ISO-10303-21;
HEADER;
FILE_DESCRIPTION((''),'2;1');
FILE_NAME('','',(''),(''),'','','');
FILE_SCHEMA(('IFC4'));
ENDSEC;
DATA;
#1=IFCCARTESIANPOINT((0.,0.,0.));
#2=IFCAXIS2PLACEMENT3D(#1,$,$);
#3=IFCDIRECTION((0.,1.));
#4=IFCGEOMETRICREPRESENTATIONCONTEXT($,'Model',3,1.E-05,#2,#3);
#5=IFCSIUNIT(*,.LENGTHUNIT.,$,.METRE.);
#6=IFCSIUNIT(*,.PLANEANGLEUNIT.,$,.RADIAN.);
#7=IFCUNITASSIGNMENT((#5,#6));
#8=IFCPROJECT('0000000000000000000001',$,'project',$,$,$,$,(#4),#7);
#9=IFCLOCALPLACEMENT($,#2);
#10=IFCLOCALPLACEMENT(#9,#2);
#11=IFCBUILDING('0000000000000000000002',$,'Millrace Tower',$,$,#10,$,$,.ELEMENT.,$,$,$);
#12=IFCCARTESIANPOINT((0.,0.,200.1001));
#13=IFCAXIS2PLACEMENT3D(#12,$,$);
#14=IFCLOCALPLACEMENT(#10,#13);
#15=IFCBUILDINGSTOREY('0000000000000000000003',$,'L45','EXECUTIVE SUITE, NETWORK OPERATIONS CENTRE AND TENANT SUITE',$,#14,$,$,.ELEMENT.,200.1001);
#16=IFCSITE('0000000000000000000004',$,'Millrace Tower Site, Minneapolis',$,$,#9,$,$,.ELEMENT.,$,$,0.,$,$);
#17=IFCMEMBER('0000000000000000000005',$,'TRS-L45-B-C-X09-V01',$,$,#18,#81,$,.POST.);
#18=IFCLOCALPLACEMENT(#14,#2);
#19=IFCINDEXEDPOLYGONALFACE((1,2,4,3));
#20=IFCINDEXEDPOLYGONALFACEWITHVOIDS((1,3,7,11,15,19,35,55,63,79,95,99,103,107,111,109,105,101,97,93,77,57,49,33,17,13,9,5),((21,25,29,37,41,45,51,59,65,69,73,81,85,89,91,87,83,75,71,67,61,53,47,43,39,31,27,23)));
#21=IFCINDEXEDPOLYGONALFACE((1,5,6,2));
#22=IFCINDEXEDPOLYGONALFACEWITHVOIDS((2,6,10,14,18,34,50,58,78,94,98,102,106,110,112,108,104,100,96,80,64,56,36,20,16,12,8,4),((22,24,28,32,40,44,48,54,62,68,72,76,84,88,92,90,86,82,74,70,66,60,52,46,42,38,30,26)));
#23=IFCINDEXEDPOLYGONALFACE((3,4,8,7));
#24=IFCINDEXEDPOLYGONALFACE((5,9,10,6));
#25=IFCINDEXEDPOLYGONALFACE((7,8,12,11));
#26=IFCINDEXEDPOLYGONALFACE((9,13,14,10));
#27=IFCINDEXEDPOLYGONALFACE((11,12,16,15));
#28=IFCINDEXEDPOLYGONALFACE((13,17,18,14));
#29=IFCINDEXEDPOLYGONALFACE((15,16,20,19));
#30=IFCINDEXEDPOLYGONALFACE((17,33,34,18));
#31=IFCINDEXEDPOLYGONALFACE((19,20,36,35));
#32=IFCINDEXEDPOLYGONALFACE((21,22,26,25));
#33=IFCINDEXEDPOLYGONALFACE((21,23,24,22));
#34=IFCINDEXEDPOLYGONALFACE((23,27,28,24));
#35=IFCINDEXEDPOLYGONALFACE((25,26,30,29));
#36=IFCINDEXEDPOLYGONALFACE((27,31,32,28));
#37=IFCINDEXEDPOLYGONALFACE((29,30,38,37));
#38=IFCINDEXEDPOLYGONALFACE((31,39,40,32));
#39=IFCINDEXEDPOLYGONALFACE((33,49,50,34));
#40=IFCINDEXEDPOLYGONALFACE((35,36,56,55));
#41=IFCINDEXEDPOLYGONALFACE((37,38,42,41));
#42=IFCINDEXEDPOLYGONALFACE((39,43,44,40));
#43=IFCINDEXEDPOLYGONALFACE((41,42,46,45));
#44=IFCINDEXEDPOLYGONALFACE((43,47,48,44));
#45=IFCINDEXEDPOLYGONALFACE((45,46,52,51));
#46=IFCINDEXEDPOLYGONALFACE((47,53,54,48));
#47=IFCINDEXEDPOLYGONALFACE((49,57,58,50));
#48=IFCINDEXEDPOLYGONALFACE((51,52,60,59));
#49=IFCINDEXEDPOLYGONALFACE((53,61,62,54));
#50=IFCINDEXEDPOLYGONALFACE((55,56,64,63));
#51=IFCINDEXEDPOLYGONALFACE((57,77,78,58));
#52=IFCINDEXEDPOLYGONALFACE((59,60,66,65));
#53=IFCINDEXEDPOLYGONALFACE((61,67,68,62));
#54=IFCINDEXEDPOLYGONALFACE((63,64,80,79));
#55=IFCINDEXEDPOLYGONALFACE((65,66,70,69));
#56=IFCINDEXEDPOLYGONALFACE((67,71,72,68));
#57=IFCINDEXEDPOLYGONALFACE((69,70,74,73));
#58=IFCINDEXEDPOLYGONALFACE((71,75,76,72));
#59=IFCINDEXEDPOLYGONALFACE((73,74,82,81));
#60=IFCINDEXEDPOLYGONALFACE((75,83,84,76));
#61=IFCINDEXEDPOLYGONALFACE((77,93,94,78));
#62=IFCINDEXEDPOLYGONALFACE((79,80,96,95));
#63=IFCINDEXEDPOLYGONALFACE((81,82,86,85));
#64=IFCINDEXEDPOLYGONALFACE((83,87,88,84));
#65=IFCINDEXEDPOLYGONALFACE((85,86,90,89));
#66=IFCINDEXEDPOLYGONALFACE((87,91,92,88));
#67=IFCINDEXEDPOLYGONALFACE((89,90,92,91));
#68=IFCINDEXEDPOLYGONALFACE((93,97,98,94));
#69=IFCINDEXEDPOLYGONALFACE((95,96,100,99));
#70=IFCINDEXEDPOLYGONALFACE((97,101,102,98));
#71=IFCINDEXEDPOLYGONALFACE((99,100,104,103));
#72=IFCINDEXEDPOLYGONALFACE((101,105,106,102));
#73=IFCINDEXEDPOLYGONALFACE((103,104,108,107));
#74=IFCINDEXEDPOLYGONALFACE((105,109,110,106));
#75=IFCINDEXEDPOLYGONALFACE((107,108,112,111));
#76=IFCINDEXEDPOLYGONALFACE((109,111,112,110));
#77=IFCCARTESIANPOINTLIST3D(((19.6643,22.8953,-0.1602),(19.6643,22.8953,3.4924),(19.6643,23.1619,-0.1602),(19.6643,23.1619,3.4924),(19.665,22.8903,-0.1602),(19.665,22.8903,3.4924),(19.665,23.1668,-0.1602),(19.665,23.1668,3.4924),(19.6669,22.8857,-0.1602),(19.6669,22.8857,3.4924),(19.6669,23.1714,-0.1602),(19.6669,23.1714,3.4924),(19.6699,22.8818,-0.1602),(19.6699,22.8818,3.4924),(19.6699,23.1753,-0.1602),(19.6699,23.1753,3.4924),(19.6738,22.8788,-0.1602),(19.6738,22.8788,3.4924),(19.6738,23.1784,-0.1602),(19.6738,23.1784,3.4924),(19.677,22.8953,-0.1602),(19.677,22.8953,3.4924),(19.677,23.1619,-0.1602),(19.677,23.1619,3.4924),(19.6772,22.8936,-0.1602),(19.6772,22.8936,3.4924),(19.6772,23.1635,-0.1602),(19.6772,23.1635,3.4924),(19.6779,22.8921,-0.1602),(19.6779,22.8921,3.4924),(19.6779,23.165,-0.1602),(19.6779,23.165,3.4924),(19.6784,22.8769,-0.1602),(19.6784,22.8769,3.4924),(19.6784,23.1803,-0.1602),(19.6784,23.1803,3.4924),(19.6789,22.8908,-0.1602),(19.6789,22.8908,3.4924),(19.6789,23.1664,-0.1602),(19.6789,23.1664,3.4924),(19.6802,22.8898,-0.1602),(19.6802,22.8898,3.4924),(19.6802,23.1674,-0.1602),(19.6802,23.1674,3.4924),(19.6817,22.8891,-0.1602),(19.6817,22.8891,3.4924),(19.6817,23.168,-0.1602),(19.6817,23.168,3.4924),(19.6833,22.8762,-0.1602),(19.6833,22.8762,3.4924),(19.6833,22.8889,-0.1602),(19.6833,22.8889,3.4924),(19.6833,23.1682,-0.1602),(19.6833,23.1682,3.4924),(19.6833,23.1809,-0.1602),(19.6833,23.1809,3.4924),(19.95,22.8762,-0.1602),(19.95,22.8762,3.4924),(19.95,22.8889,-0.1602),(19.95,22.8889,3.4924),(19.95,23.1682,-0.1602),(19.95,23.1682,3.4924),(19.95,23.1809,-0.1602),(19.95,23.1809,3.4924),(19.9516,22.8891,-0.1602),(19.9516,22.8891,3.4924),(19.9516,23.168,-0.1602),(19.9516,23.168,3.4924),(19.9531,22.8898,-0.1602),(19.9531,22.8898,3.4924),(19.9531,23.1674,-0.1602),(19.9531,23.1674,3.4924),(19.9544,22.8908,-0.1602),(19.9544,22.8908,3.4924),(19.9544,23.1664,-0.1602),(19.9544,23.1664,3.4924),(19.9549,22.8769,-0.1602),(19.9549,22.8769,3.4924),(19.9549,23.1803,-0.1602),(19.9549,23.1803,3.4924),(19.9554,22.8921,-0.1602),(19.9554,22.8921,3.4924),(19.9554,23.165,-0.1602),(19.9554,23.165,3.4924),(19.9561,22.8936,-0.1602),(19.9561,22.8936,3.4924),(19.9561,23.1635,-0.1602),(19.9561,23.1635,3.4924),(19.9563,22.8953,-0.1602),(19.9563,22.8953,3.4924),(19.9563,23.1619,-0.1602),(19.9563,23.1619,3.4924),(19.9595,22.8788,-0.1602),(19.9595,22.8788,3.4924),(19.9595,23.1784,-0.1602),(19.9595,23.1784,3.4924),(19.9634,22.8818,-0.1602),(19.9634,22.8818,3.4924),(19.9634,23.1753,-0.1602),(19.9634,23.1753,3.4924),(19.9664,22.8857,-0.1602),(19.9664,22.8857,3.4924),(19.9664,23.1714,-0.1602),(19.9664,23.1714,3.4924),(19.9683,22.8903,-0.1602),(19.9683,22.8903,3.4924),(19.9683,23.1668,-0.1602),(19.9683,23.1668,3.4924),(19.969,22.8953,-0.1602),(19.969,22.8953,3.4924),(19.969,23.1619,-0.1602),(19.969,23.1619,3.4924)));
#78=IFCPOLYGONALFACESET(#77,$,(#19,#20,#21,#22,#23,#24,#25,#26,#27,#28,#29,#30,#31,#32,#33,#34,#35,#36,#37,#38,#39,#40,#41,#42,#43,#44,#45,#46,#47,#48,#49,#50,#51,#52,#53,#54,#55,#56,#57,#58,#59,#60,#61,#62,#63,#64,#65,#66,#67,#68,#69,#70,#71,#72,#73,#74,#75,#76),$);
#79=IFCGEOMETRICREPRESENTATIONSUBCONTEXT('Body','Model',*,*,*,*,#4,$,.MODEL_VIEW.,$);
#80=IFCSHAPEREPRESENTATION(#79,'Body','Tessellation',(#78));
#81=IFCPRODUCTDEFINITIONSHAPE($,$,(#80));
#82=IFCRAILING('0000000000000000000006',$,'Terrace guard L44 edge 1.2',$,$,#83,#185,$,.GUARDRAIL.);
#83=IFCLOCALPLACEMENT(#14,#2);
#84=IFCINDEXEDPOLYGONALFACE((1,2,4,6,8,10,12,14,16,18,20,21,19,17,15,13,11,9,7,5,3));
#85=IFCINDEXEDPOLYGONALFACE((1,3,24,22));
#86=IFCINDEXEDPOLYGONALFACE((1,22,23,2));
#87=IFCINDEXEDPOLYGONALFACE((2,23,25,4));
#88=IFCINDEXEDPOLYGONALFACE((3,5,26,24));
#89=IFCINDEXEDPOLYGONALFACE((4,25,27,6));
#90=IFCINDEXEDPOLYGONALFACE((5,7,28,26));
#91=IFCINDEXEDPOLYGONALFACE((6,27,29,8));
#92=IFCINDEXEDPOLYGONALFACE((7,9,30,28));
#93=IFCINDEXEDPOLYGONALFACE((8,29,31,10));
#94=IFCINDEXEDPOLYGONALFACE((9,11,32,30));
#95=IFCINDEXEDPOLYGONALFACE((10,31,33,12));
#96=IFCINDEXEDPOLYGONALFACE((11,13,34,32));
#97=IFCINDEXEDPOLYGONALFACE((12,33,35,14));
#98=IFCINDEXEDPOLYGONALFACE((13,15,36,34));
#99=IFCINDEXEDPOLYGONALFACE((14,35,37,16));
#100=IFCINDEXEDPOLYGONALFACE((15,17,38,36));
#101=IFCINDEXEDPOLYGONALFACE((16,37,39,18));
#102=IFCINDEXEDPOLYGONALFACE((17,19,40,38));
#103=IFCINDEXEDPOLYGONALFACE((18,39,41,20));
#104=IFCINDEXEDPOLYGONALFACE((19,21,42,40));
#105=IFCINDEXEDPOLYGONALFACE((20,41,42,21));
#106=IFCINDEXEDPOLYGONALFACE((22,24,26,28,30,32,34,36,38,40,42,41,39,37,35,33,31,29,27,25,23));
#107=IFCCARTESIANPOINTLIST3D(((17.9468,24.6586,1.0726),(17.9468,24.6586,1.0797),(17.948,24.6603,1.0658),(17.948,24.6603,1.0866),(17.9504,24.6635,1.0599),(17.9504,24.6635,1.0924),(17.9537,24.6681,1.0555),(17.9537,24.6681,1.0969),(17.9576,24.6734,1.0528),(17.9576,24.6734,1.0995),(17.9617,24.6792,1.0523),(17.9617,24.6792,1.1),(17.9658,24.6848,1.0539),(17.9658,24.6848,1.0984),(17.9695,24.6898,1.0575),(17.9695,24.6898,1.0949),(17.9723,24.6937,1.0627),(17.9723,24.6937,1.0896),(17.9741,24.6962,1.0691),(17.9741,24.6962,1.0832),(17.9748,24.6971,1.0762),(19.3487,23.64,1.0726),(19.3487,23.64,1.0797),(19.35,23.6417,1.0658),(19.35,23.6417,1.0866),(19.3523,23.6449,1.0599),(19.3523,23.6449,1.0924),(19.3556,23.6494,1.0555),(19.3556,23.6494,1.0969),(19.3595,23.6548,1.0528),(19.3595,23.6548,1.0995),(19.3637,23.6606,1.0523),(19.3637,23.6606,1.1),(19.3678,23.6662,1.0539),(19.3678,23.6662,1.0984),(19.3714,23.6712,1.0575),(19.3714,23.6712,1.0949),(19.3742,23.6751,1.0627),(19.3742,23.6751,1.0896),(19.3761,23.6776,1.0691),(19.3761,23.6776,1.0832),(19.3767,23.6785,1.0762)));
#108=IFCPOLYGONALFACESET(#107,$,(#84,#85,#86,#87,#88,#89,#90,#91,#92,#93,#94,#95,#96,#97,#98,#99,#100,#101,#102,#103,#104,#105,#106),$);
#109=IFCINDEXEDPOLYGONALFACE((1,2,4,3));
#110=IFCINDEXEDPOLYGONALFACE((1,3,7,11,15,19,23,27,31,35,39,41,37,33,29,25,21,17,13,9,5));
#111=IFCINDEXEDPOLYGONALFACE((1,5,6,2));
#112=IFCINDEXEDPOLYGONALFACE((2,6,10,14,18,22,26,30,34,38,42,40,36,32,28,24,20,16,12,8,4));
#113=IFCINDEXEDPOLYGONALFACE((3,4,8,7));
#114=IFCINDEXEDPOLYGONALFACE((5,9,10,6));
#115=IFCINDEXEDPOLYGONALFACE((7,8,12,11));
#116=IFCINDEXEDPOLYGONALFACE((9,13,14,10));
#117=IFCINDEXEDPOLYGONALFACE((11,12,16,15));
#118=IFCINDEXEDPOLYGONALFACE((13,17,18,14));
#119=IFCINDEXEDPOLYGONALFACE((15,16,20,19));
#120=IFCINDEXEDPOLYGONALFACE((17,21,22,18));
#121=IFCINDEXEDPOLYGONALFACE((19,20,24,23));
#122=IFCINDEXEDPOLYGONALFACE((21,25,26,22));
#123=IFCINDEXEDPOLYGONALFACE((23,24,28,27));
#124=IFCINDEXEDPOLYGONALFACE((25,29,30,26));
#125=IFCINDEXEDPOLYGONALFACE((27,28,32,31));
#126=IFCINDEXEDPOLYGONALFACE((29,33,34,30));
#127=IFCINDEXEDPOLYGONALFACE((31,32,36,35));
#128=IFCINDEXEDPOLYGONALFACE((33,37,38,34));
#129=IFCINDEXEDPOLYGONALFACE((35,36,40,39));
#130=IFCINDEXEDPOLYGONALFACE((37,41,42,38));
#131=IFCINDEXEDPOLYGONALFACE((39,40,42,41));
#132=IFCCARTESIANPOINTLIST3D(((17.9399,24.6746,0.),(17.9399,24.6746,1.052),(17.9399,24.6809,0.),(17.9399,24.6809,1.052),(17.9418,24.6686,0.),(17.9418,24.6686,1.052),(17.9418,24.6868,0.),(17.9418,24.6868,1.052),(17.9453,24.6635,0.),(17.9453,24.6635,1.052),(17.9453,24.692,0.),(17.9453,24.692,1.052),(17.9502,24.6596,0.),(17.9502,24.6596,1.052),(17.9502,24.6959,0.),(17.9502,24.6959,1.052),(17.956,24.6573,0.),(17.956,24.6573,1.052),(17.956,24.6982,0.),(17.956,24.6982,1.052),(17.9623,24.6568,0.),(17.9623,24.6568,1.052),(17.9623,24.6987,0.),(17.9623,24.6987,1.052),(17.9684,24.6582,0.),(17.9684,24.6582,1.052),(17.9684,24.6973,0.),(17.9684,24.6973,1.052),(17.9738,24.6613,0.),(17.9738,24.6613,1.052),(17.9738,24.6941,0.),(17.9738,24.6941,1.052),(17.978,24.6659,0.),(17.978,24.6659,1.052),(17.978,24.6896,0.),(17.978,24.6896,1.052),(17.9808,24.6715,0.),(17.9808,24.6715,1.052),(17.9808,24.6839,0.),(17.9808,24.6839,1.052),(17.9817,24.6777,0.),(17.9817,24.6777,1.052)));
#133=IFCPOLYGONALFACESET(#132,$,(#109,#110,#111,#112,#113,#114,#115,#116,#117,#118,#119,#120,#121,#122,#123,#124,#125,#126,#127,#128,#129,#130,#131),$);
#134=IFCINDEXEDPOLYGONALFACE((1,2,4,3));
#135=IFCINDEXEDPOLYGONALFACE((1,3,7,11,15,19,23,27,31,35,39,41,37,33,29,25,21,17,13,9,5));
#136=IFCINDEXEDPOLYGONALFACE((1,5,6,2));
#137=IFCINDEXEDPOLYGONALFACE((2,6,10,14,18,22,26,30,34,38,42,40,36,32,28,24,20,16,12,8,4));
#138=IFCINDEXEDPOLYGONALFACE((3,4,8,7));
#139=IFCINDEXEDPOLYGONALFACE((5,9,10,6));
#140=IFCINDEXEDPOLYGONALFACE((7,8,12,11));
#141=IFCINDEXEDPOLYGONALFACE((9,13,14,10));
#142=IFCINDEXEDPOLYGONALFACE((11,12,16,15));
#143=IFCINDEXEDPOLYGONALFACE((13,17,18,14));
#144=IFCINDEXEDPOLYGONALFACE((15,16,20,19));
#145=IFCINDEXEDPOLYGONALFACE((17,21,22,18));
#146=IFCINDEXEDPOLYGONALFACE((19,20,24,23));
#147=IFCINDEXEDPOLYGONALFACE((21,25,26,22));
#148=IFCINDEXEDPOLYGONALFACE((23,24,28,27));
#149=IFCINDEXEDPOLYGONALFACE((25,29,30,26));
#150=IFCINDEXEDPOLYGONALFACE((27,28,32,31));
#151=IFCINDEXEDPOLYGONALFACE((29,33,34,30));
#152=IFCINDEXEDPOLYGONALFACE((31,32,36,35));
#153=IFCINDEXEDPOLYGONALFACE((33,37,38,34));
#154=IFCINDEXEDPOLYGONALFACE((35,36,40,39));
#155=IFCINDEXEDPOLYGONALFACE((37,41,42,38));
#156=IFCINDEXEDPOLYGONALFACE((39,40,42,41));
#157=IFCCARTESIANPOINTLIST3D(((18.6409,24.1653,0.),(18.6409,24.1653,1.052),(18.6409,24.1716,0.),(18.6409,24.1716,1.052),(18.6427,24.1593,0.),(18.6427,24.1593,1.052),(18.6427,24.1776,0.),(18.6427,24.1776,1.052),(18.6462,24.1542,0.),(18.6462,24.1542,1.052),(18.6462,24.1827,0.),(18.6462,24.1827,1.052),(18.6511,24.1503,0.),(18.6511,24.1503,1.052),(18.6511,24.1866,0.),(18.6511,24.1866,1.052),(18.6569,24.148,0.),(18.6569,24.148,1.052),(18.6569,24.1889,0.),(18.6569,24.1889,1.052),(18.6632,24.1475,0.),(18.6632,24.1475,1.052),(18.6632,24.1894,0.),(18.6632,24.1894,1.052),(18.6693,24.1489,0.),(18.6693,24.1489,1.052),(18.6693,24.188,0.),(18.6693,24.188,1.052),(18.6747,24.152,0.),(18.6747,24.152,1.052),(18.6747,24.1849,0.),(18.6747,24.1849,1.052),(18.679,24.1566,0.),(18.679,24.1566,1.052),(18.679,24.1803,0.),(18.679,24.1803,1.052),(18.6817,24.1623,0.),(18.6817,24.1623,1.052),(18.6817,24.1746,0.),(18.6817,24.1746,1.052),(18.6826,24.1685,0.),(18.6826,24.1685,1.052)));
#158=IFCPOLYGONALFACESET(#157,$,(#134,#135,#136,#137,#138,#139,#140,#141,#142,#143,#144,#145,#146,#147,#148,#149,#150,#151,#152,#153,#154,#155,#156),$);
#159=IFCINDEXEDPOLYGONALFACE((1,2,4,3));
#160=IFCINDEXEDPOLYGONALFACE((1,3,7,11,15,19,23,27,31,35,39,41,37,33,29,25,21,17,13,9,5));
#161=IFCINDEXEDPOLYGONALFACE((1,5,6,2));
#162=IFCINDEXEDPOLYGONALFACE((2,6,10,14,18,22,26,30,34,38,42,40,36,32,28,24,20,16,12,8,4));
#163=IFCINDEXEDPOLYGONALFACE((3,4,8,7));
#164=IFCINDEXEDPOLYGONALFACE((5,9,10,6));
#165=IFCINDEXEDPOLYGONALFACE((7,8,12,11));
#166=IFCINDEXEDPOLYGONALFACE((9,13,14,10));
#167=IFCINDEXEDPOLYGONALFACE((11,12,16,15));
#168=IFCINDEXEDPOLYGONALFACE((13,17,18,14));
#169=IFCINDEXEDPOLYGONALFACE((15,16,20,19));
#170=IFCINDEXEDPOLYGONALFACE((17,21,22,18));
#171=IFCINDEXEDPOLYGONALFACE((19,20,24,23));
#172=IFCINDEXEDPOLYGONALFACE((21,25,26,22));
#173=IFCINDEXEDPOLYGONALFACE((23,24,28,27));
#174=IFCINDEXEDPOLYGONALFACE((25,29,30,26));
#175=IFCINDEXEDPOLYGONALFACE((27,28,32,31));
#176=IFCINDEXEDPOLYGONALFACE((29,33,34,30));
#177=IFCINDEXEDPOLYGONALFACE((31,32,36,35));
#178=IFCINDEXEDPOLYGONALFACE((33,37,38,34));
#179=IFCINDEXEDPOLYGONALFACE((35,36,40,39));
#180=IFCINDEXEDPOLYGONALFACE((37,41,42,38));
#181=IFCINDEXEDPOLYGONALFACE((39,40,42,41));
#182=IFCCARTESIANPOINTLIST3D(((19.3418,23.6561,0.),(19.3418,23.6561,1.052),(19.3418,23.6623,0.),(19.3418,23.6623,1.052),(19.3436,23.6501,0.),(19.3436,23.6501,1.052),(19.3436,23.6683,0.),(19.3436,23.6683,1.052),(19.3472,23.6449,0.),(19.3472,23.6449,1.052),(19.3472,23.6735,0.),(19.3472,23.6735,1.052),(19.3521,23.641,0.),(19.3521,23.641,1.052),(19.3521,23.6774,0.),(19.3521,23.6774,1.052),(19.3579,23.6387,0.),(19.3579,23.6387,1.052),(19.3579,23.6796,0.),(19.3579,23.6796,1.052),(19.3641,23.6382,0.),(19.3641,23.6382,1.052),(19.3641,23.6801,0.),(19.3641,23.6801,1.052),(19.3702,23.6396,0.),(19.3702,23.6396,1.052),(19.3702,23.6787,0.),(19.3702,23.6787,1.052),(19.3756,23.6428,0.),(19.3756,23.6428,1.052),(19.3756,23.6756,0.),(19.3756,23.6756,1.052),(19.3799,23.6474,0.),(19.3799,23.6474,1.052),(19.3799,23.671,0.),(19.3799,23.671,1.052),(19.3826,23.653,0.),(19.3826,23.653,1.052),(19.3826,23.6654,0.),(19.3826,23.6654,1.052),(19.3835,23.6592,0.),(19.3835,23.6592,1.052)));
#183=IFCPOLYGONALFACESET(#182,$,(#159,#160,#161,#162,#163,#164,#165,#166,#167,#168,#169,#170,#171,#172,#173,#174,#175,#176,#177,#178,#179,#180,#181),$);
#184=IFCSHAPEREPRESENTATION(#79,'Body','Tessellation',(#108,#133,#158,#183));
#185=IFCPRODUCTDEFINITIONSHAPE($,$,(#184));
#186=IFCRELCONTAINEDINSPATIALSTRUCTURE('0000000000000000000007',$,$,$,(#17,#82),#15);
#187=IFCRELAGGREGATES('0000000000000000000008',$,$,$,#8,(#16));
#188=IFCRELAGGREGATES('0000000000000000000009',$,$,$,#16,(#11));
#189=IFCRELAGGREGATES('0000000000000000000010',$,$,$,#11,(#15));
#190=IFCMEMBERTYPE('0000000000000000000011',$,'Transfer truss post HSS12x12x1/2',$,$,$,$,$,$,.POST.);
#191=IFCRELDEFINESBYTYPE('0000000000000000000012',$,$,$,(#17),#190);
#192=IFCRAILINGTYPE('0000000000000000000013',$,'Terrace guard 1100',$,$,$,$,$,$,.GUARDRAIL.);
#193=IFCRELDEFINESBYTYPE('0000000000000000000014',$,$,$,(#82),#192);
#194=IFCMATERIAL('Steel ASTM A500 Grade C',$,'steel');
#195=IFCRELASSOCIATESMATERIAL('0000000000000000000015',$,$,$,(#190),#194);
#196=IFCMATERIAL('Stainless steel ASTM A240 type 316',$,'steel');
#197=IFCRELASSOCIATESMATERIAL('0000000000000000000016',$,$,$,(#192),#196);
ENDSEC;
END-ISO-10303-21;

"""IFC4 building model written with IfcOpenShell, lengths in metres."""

from ifc_helpers import new_model, si_unit, direction, frame, origin, origin_2d, place, context, subcontext, project, spatial, hollow_rectangle, circle, extrude, material, material_profile, profile_set, type_object, element, save


model = new_model("IFC4")

# Units and contexts
model_context = context("Model", 3, precision=1e-05, world=origin(), true_north=direction((0.0, 1.0)))
body_context = subcontext(model_context, "Body", "Model", "MODEL_VIEW")
ifc_project = project(units=[si_unit("LENGTHUNIT", "METRE"), si_unit("PLANEANGLEUNIT", "RADIAN")], contexts=[model_context])

# Site, building, storey
site_placement = place(None, origin())
site = spatial("IfcSite", under=ifc_project, at=site_placement, Name="Millrace Tower Site, Minneapolis", CompositionType="ELEMENT", RefElevation=0.0)
building_placement = place(site_placement, origin())
building = spatial("IfcBuilding", under=site, at=building_placement, Name="Millrace Tower", CompositionType="ELEMENT")
storey_placement = place(building_placement, frame((0.0, 0.0, 200.1001)))
storey = spatial("IfcBuildingStorey", under=building, at=storey_placement, Name="L45", Description="EXECUTIVE SUITE, NETWORK OPERATIONS CENTRE AND TENANT SUITE", CompositionType="ELEMENT", Elevation=200.1001)

# Member
ifc_material_1 = material(Name="Steel ASTM A500 Grade C", Category="steel")
ifc_material_profile_1 = material_profile(ifc_material_1, hollow_rectangle(XDim=0.3047, YDim=0.3047, WallThickness=0.0127, InnerFilletRadius=0.0063, OuterFilletRadius=0.019, at=origin_2d()))
ifc_profile_set_1 = profile_set([ifc_material_profile_1], Name="Steel ASTM A500 Grade C")
member_type_1 = type_object("IfcMemberType", Name="Transfer truss post HSS12x12x1/2", PredefinedType="POST", material=ifc_profile_set_1)
for number, where, z_axis, x_axis, name in (
    (1, (19.8167, 23.0286, -0.1602), (0.0, 0.0, 1.0), (1.0, 0.0, 0.0), "TRS-L45-B-C-X09-V01"),
):
    element("IfcMember", number, at=place(storey_placement, frame(where, z_axis=z_axis, x_axis=x_axis)), inside=storey, type_object=member_type_1, Name=name, PredefinedType="POST", context=body_context, shape_type="SweptSolid", body=[
        extrude(hollow_rectangle(XDim=0.3047, YDim=0.3047, WallThickness=0.0127, InnerFilletRadius=0.0063, OuterFilletRadius=0.019, at=origin_2d()), origin(), (0.0, 0.0, 1.0), 3.6526),
    ])

# Railing
ifc_material_2 = material(Name="Stainless steel ASTM A240 type 316", Category="steel")
railing_type = type_object("IfcRailingType", Name="Terrace guard 1100", PredefinedType="GUARDRAIL", material=ifc_material_2)
railing_1_placement = place(storey_placement, frame((17.9607, 24.6777, 0.0)))
element("IfcRailing", 2, at=railing_1_placement, inside=storey, type_object=railing_type, Name="Terrace guard L44 edge 1.2", PredefinedType="GUARDRAIL", context=body_context, shape_type="SweptSolid", body=[
    extrude(circle(Radius=0.0239, at=origin_2d()), frame((0.0, 0.0, 1.0762), z_axis=(0.809004, -0.587803, 0.0), x_axis=(0.587803, 0.809004, 0.0)), (0.0, 0.0, 1.0), 1.7329),
    extrude(circle(Radius=0.021, at=origin_2d()), origin(), (0.0, 0.0, 1.0), 1.052),
    extrude(circle(Radius=0.021, at=origin_2d()), frame((0.7009, -0.5093, 0.0)), (0.0, 0.0, 1.0), 1.052),
    extrude(circle(Radius=0.021, at=origin_2d()), frame((1.4019, -1.0186, 0.0)), (0.0, 0.0, 1.0), 1.052),
])

save(model, "model.ifc")
